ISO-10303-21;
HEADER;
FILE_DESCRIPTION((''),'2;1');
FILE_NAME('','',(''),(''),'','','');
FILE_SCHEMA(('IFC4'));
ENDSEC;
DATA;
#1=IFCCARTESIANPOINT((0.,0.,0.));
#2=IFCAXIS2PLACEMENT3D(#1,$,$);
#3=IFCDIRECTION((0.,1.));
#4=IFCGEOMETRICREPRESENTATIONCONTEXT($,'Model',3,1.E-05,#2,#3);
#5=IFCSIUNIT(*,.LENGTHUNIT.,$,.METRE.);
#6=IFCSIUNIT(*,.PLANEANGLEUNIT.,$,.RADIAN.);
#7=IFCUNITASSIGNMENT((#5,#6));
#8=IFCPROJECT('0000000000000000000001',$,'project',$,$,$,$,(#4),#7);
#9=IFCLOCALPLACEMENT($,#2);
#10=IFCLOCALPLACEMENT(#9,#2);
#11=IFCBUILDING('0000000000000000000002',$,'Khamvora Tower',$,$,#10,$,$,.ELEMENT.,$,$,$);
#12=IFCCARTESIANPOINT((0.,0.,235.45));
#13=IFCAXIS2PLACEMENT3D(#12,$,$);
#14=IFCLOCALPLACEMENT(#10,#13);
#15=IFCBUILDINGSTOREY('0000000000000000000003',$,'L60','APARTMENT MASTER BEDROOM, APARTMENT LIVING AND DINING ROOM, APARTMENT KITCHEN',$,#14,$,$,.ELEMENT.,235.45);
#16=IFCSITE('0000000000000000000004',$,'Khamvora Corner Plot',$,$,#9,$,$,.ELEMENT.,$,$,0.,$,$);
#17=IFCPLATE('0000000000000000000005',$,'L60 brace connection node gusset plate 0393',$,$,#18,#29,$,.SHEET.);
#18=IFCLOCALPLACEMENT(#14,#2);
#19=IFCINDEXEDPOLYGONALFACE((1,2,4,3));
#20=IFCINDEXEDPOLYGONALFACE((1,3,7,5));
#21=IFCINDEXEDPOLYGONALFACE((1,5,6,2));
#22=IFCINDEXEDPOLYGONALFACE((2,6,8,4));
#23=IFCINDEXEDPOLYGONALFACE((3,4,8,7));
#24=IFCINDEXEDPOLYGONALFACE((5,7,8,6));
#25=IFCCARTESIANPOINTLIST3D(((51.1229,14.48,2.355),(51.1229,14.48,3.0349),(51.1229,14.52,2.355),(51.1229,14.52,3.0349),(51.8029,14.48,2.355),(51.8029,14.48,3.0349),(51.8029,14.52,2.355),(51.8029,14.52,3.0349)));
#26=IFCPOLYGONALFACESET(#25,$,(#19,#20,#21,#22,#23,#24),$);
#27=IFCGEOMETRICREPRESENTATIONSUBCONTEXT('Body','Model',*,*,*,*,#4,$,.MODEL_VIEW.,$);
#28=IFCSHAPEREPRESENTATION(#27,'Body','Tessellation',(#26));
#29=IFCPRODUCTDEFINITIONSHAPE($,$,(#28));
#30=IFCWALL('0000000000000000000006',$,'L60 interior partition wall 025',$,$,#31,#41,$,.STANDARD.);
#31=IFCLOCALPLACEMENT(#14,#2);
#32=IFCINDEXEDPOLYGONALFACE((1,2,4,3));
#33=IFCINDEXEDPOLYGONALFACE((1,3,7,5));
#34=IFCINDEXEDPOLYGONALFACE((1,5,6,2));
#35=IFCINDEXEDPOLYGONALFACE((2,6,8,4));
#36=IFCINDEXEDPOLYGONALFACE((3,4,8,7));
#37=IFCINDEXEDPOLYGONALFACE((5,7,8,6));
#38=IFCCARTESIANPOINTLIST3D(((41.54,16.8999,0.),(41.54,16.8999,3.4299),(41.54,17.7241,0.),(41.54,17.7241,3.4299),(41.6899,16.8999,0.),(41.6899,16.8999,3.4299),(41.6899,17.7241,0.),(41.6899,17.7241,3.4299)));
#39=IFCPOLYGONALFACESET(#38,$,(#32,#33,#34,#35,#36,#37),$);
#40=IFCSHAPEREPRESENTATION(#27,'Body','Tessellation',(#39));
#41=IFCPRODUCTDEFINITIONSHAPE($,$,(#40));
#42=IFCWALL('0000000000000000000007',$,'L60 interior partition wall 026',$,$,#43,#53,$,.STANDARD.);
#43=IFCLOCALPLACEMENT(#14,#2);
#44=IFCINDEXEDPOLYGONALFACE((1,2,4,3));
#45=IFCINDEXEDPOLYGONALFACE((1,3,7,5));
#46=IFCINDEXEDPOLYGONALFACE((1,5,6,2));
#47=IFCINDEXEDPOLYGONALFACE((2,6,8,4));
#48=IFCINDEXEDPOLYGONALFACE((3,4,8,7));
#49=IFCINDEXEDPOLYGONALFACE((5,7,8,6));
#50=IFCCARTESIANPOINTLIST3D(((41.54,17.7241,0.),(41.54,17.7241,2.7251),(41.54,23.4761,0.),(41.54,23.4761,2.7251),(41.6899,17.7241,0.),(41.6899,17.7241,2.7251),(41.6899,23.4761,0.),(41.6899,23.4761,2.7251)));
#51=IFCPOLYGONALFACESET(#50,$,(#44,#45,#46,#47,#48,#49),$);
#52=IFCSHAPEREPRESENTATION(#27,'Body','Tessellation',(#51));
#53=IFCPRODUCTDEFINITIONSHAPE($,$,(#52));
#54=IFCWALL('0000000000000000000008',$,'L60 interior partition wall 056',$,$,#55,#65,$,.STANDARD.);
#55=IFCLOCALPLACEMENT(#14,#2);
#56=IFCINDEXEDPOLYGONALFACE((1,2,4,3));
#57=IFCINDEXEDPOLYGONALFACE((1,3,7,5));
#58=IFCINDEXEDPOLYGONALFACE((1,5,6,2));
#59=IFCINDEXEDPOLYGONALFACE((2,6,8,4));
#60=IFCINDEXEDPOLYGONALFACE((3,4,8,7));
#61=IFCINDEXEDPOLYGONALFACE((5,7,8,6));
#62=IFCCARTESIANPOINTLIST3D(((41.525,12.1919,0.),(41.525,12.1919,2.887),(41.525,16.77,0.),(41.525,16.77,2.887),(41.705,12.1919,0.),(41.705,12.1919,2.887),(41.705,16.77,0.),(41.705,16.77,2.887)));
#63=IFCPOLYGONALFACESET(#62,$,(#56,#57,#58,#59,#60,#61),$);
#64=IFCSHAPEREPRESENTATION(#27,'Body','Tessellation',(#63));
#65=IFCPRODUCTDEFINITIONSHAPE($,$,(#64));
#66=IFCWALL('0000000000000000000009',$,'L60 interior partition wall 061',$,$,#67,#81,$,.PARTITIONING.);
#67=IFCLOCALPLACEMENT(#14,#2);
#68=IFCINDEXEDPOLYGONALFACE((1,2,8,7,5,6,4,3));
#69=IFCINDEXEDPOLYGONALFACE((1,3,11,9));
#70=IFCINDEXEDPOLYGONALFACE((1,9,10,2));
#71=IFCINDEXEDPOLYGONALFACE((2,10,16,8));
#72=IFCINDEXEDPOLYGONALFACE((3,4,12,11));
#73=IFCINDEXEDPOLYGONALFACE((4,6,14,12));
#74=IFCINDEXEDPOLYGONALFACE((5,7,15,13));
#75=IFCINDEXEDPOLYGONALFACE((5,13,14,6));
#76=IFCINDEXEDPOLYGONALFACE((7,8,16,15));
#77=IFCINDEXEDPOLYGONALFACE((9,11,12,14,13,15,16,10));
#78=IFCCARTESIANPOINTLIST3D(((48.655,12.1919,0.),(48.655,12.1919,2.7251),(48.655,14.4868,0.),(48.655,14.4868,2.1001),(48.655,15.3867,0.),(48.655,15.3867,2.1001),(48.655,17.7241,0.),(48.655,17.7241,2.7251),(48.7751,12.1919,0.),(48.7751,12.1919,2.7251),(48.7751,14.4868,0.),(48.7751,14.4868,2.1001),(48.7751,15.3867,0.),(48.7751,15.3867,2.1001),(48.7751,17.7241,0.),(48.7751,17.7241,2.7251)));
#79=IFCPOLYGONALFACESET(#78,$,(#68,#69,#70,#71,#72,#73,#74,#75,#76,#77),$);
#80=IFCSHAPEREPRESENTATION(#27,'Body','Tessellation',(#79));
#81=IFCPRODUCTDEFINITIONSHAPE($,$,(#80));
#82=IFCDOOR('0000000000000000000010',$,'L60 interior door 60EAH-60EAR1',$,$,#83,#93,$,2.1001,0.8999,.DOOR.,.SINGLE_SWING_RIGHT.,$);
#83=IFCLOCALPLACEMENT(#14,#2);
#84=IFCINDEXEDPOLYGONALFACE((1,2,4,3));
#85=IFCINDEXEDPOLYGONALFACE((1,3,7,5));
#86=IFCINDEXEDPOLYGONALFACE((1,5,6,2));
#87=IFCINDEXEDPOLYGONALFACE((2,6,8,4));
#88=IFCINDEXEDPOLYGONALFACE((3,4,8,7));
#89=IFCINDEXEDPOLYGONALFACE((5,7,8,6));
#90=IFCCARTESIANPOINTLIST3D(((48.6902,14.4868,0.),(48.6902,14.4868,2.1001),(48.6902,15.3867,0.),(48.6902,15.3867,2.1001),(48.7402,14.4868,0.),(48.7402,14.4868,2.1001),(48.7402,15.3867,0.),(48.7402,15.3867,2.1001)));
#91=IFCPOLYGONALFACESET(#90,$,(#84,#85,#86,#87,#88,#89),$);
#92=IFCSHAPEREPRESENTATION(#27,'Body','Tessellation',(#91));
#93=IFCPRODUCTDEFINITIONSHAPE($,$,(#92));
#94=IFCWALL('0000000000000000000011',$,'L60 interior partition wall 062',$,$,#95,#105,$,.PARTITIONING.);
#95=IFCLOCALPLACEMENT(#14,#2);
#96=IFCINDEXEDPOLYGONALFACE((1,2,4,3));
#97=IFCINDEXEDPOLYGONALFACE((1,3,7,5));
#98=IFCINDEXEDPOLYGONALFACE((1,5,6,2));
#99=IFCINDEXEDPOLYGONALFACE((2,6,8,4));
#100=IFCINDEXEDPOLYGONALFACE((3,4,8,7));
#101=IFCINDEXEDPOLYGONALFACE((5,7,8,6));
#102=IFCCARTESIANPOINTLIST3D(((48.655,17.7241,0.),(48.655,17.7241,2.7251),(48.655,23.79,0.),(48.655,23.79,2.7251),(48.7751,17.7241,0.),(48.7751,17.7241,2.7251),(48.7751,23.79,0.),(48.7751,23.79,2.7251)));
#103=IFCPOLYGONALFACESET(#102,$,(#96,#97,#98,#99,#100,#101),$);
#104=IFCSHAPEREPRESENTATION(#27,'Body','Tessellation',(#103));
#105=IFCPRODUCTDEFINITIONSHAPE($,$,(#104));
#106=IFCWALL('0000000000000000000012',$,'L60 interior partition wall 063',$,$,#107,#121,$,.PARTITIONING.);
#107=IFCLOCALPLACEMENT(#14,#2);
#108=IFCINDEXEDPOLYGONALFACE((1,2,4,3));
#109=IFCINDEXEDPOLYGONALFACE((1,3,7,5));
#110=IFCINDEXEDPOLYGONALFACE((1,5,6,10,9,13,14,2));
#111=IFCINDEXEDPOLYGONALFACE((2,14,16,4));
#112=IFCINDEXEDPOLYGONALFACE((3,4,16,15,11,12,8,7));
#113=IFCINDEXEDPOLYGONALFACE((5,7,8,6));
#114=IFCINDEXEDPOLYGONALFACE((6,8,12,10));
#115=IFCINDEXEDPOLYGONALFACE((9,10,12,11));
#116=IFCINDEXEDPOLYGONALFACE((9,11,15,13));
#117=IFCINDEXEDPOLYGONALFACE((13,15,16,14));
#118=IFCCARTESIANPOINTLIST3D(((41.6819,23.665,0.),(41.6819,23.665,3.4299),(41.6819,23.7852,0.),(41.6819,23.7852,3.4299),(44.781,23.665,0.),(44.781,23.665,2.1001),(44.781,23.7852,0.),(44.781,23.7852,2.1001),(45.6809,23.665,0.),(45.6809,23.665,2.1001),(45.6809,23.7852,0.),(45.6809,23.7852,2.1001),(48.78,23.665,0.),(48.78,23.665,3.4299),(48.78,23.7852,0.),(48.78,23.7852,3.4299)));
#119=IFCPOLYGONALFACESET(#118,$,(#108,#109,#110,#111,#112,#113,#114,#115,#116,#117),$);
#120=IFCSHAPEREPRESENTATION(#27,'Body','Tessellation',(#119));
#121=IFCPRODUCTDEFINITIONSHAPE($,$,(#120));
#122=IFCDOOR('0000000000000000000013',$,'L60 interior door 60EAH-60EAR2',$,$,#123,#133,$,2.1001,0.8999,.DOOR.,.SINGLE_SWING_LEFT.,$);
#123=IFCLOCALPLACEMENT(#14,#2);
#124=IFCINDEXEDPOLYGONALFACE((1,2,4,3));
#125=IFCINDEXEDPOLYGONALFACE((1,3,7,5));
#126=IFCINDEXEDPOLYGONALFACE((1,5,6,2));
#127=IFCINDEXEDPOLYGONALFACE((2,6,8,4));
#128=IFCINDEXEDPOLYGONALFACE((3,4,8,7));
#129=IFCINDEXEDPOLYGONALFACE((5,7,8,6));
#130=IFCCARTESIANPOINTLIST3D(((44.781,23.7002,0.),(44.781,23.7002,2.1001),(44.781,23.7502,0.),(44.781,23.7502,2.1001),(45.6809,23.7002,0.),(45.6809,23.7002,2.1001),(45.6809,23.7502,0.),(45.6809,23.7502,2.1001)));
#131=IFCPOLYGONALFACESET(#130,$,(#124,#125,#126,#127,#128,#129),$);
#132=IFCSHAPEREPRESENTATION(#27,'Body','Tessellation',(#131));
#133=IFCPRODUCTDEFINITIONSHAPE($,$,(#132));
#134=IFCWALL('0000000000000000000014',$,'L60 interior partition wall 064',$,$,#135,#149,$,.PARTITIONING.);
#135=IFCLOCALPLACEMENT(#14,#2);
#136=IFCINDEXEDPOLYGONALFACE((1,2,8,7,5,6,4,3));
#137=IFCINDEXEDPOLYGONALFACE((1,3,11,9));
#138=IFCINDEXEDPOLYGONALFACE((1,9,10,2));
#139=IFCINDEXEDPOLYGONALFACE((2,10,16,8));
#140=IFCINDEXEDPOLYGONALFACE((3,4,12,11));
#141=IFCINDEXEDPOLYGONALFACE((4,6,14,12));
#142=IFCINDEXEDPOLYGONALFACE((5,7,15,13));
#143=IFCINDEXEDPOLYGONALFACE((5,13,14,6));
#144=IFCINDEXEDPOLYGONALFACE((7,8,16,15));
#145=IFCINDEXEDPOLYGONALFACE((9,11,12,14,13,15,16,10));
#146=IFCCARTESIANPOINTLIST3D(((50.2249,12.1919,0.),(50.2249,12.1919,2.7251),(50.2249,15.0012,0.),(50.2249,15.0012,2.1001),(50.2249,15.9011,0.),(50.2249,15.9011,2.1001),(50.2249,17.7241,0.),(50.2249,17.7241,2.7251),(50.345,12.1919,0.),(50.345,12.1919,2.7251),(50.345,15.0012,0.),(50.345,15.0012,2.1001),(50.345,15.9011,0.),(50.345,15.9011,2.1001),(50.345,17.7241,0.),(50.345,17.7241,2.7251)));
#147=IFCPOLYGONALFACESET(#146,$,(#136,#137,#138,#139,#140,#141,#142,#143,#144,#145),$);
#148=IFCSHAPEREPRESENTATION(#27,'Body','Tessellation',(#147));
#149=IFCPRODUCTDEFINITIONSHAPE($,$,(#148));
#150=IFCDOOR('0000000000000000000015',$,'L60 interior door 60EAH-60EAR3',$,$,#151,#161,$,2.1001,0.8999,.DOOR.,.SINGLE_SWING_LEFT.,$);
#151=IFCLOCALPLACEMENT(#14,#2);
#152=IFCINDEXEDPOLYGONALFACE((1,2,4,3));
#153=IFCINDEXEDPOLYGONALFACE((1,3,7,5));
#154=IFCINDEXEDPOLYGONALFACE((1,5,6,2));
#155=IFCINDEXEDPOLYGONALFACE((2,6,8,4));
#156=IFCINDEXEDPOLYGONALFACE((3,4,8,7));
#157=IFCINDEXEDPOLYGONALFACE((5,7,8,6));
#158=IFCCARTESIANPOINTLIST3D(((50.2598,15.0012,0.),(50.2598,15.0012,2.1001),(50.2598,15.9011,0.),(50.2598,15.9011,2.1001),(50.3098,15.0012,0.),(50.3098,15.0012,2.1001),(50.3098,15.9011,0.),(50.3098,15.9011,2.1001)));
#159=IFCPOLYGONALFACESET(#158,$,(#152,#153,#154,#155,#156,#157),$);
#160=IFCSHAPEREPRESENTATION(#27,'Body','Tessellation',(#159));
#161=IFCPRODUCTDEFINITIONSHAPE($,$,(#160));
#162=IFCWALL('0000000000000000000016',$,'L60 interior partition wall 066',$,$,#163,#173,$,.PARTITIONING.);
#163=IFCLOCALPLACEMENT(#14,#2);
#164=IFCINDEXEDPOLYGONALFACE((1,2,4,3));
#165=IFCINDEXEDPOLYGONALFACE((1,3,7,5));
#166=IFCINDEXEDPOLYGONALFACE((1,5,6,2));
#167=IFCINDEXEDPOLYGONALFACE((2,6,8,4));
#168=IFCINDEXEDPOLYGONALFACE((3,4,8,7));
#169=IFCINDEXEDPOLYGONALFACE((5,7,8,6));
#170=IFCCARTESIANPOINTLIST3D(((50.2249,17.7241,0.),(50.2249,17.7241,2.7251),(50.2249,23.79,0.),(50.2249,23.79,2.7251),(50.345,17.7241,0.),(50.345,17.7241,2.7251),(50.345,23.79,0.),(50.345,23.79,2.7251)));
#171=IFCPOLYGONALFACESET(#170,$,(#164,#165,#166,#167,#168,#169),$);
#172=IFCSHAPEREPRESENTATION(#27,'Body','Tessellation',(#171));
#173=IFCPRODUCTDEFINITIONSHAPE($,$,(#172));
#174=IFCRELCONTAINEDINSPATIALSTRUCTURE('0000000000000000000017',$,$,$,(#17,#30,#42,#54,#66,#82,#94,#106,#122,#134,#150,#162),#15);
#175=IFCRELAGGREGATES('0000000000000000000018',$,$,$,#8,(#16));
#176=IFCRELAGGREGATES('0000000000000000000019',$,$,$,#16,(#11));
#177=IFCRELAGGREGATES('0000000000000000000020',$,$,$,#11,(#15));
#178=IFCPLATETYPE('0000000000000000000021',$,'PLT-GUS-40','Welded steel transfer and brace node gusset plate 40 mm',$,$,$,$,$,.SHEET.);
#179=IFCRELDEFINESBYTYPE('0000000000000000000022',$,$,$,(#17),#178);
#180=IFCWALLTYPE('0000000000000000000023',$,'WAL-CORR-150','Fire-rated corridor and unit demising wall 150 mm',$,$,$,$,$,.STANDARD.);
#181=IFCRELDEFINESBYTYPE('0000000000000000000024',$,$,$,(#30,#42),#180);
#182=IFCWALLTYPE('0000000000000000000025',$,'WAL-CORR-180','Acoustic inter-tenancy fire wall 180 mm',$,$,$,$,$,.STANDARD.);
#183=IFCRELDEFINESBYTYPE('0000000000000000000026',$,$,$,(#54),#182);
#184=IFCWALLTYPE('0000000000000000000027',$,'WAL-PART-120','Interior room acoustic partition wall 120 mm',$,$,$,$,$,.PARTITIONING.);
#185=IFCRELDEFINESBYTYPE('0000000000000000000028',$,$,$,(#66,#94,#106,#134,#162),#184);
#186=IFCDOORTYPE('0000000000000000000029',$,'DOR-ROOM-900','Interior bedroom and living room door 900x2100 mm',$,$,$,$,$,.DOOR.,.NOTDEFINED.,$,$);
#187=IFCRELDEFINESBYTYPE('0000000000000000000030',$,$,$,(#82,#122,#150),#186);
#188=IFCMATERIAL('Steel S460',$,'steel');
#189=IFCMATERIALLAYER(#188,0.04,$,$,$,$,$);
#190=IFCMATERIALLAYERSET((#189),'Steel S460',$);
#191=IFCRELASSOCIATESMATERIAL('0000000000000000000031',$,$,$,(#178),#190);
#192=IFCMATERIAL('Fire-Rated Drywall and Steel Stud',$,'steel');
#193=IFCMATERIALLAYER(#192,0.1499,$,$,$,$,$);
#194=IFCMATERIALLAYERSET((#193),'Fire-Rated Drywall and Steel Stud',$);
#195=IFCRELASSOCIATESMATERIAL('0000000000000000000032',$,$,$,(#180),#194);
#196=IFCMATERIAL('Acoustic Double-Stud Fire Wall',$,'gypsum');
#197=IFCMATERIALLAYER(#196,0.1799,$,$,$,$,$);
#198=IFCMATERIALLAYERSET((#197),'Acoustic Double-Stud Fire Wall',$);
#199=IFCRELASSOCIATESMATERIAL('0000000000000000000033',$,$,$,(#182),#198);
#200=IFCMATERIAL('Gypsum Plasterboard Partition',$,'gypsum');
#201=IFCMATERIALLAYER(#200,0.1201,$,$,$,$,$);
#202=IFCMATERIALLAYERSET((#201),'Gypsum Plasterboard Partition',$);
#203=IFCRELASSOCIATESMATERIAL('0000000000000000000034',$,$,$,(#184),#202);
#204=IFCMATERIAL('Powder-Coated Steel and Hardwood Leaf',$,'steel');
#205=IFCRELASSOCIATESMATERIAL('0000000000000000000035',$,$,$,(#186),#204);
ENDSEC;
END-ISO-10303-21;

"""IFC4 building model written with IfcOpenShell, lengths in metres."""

from ifc_helpers import new_model, si_unit, direction, frame, frame_2d, origin, origin_2d, place, context, subcontext, project, spatial, rectangle, extrude, material, layer, layer_set, type_object, element, fill, save


model = new_model("IFC4")

# Units and contexts
model_context = context("Model", 3, precision=1e-05, world=origin(), true_north=direction((0.0, 1.0)))
body_context = subcontext(model_context, "Body", "Model", "MODEL_VIEW")
ifc_project = project(units=[si_unit("LENGTHUNIT", "METRE"), si_unit("PLANEANGLEUNIT", "RADIAN")], contexts=[model_context])

# Site, building, storey
site_placement = place(None, origin())
site = spatial("IfcSite", under=ifc_project, at=site_placement, Name="Khamvora Corner Plot", CompositionType="ELEMENT", RefElevation=0.0)
building_placement = place(site_placement, origin())
building = spatial("IfcBuilding", under=site, at=building_placement, Name="Khamvora Tower", CompositionType="ELEMENT")
storey_placement = place(building_placement, frame((0.0, 0.0, 235.45)))
storey = spatial("IfcBuildingStorey", under=building, at=storey_placement, Name="L60", Description="APARTMENT MASTER BEDROOM, APARTMENT LIVING AND DINING ROOM, APARTMENT KITCHEN", CompositionType="ELEMENT", Elevation=235.45)

# Plate
ifc_material_1 = material(Name="Steel S460", Category="steel")
ifc_layer_1 = layer(ifc_material_1, 0.04)
ifc_layer_set_1 = layer_set([ifc_layer_1], Name="Steel S460")
plate_type_1 = type_object("IfcPlateType", Name="PLT-GUS-40", Description="Welded steel transfer and brace node gusset plate 40 mm", PredefinedType="SHEET", material=ifc_layer_set_1)
plate_1_placement = place(storey_placement, frame((51.4629, 14.5, 2.355), z_axis=(0.0, 0.0, 1.0), x_axis=(1.0, 0.0, 0.0)))
element("IfcPlate", 1, at=plate_1_placement, inside=storey, type_object=plate_type_1, Name="L60 brace connection node gusset plate 0393", PredefinedType="SHEET", context=body_context, shape_type="SweptSolid", body=[
    extrude(rectangle(XDim=0.6799, YDim=0.04, at=origin_2d()), origin(), (0.0, 0.0, 1.0), 0.6799),
])

# Walls
ifc_material_2 = material(Name="Fire-Rated Drywall and Steel Stud", Category="steel")
ifc_layer_2 = layer(ifc_material_2, 0.1499)
ifc_layer_set_2 = layer_set([ifc_layer_2], Name="Fire-Rated Drywall and Steel Stud")
wall_type_1 = type_object("IfcWallType", Name="WAL-CORR-150", Description="Fire-rated corridor and unit demising wall 150 mm", PredefinedType="STANDARD", material=ifc_layer_set_2)
wall_1_placement = place(storey_placement, frame((41.615, 17.7241, 0.0), z_axis=(0.0, 0.0, 1.0), x_axis=(0.0, -1.0, 0.0)))
element("IfcWall", 2, at=wall_1_placement, inside=storey, type_object=wall_type_1, Name="L60 interior partition wall 025", PredefinedType="STANDARD", context=body_context, shape_type="SweptSolid", body=[
    extrude(rectangle(XDim=0.8242, YDim=0.1499, at=frame_2d((0.4121, 0.0))), origin(), (0.0, 0.0, 1.0), 3.4299),
])
wall_2_placement = place(storey_placement, frame((41.615, 23.4761, 0.0), z_axis=(0.0, 0.0, 1.0), x_axis=(0.0, -1.0, 0.0)))
element("IfcWall", 3, at=wall_2_placement, inside=storey, type_object=wall_type_1, Name="L60 interior partition wall 026", PredefinedType="STANDARD", context=body_context, shape_type="SweptSolid", body=[
    extrude(rectangle(XDim=5.752, YDim=0.1499, at=frame_2d((2.876, 0.0))), origin(), (0.0, 0.0, 1.0), 2.7251),
])
ifc_material_3 = material(Name="Acoustic Double-Stud Fire Wall", Category="gypsum")
ifc_layer_3 = layer(ifc_material_3, 0.1799)
ifc_layer_set_3 = layer_set([ifc_layer_3], Name="Acoustic Double-Stud Fire Wall")
wall_type_2 = type_object("IfcWallType", Name="WAL-CORR-180", Description="Acoustic inter-tenancy fire wall 180 mm", PredefinedType="STANDARD", material=ifc_layer_set_3)
wall_3_placement = place(storey_placement, frame((41.615, 16.77, 0.0), z_axis=(0.0, 0.0, 1.0), x_axis=(0.0, -1.0, 0.0)))
element("IfcWall", 4, at=wall_3_placement, inside=storey, type_object=wall_type_2, Name="L60 interior partition wall 056", PredefinedType="STANDARD", context=body_context, shape_type="SweptSolid", body=[
    extrude(rectangle(XDim=4.5781, YDim=0.1799, at=frame_2d((2.2891, 0.0))), origin(), (0.0, 0.0, 1.0), 2.887),
])

# Wall, opening, door
ifc_material_4 = material(Name="Gypsum Plasterboard Partition", Category="gypsum")
ifc_layer_4 = layer(ifc_material_4, 0.1201)
ifc_layer_set_4 = layer_set([ifc_layer_4], Name="Gypsum Plasterboard Partition")
wall_type_3 = type_object("IfcWallType", Name="WAL-PART-120", Description="Interior room acoustic partition wall 120 mm", PredefinedType="PARTITIONING", material=ifc_layer_set_4)
wall_4_placement = place(storey_placement, frame((48.7151, 12.1919, 0.0), z_axis=(0.0, 0.0, 1.0), x_axis=(0.0, 1.0, 0.0)))
wall_4 = element("IfcWall", 5, at=wall_4_placement, inside=storey, type_object=wall_type_3, Name="L60 interior partition wall 061", PredefinedType="PARTITIONING", context=body_context, shape_type="SweptSolid", body=[
    extrude(rectangle(XDim=5.5322, YDim=0.1201, at=frame_2d((2.7661, 0.0))), origin(), (0.0, 0.0, 1.0), 2.7251),
])
opening_1_placement = place(wall_4_placement, frame((2.2949, 0.0, 0.0)))
opening_1 = element("IfcOpeningElement", 6, at=opening_1_placement, cuts=wall_4, PredefinedType="OPENING", context=body_context, shape_type="SweptSolid", body=[
    extrude(rectangle(XDim=0.8999, YDim=2.1001, at=frame_2d((0.45, 1.05))), frame((0.0, 0.0701, 0.0), z_axis=(0.0, -1.0, 0.0), x_axis=(1.0, 0.0, 0.0)), (0.0, 0.0, 1.0), 0.1401),
])
ifc_material_5 = material(Name="Powder-Coated Steel and Hardwood Leaf", Category="steel")
door_type = type_object("IfcDoorType", Name="DOR-ROOM-900", Description="Interior bedroom and living room door 900x2100 mm", OperationType="NOTDEFINED", PredefinedType="DOOR", material=ifc_material_5)
door_1_placement = place(opening_1_placement, origin())
door_1 = element("IfcDoor", 7, at=door_1_placement, inside=storey, type_object=door_type, Name="L60 interior door 60EAH-60EAR1", OperationType="SINGLE_SWING_RIGHT", OverallHeight=2.1001, OverallWidth=0.8999, PredefinedType="DOOR", context=body_context, shape_type="SweptSolid", body=[
    extrude(rectangle(XDim=0.8999, YDim=2.1001, at=frame_2d((0.45, 1.05))), frame((0.0, 0.0249, 0.0), z_axis=(0.0, -1.0, 0.0), x_axis=(1.0, 0.0, 0.0)), (0.0, 0.0, 1.0), 0.05),
])
fill(opening_1, door_1)

# Wall
wall_5_placement = place(storey_placement, frame((48.7151, 17.7241, 0.0), z_axis=(0.0, 0.0, 1.0), x_axis=(0.0, 1.0, 0.0)))
element("IfcWall", 8, at=wall_5_placement, inside=storey, type_object=wall_type_3, Name="L60 interior partition wall 062", PredefinedType="PARTITIONING", context=body_context, shape_type="SweptSolid", body=[
    extrude(rectangle(XDim=6.0659, YDim=0.1201, at=frame_2d((3.033, 0.0))), origin(), (0.0, 0.0, 1.0), 2.7251),
])

# Walls, openings, doors
wall_6_placement = place(storey_placement, frame((48.78, 23.7251, 0.0), z_axis=(0.0, 0.0, 1.0), x_axis=(-1.0, 0.0, 0.0)))
wall_6 = element("IfcWall", 9, at=wall_6_placement, inside=storey, type_object=wall_type_3, Name="L60 interior partition wall 063", PredefinedType="PARTITIONING", context=body_context, shape_type="SweptSolid", body=[
    extrude(rectangle(XDim=7.0981, YDim=0.1201, at=frame_2d((3.5491, 0.0))), origin(), (0.0, 0.0, 1.0), 3.4299),
])
opening_2_placement = place(wall_6_placement, frame((3.0991, 0.0, 0.0)))
opening_2 = element("IfcOpeningElement", 10, at=opening_2_placement, cuts=wall_6, PredefinedType="OPENING", context=body_context, shape_type="SweptSolid", body=[
    extrude(rectangle(XDim=0.8999, YDim=2.1001, at=frame_2d((0.45, 1.05))), frame((0.0, 0.0701, 0.0), z_axis=(0.0, -1.0, 0.0), x_axis=(1.0, 0.0, 0.0)), (0.0, 0.0, 1.0), 0.1401),
])
door_2_placement = place(opening_2_placement, origin())
door_2 = element("IfcDoor", 11, at=door_2_placement, inside=storey, type_object=door_type, Name="L60 interior door 60EAH-60EAR2", OperationType="SINGLE_SWING_LEFT", OverallHeight=2.1001, OverallWidth=0.8999, PredefinedType="DOOR", context=body_context, shape_type="SweptSolid", body=[
    extrude(rectangle(XDim=0.8999, YDim=2.1001, at=frame_2d((0.45, 1.05))), frame((0.0, 0.0249, 0.0), z_axis=(0.0, -1.0, 0.0), x_axis=(1.0, 0.0, 0.0)), (0.0, 0.0, 1.0), 0.05),
])
fill(opening_2, door_2)
wall_7_placement = place(storey_placement, frame((50.2849, 17.7241, 0.0), z_axis=(0.0, 0.0, 1.0), x_axis=(0.0, -1.0, 0.0)))
wall_7 = element("IfcWall", 12, at=wall_7_placement, inside=storey, type_object=wall_type_3, Name="L60 interior partition wall 064", PredefinedType="PARTITIONING", context=body_context, shape_type="SweptSolid", body=[
    extrude(rectangle(XDim=5.5322, YDim=0.1201, at=frame_2d((2.7661, 0.0))), origin(), (0.0, 0.0, 1.0), 2.7251),
])
opening_3_placement = place(wall_7_placement, frame((1.823, 0.0, 0.0)))
opening_3 = element("IfcOpeningElement", 13, at=opening_3_placement, cuts=wall_7, PredefinedType="OPENING", context=body_context, shape_type="SweptSolid", body=[
    extrude(rectangle(XDim=0.8999, YDim=2.1001, at=frame_2d((0.45, 1.05))), frame((0.0, 0.0701, 0.0), z_axis=(0.0, -1.0, 0.0), x_axis=(1.0, 0.0, 0.0)), (0.0, 0.0, 1.0), 0.1401),
])
door_3_placement = place(opening_3_placement, origin())
door_3 = element("IfcDoor", 14, at=door_3_placement, inside=storey, type_object=door_type, Name="L60 interior door 60EAH-60EAR3", OperationType="SINGLE_SWING_LEFT", OverallHeight=2.1001, OverallWidth=0.8999, PredefinedType="DOOR", context=body_context, shape_type="SweptSolid", body=[
    extrude(rectangle(XDim=0.8999, YDim=2.1001, at=frame_2d((0.45, 1.05))), frame((0.0, 0.0249, 0.0), z_axis=(0.0, -1.0, 0.0), x_axis=(1.0, 0.0, 0.0)), (0.0, 0.0, 1.0), 0.05),
])
fill(opening_3, door_3)

# Wall
wall_8_placement = place(storey_placement, frame((50.2849, 23.79, 0.0), z_axis=(0.0, 0.0, 1.0), x_axis=(0.0, -1.0, 0.0)))
element("IfcWall", 15, at=wall_8_placement, inside=storey, type_object=wall_type_3, Name="L60 interior partition wall 066", PredefinedType="PARTITIONING", context=body_context, shape_type="SweptSolid", body=[
    extrude(rectangle(XDim=6.0659, YDim=0.1201, at=frame_2d((3.033, 0.0))), origin(), (0.0, 0.0, 1.0), 2.7251),
])

save(model, "model.ifc")
